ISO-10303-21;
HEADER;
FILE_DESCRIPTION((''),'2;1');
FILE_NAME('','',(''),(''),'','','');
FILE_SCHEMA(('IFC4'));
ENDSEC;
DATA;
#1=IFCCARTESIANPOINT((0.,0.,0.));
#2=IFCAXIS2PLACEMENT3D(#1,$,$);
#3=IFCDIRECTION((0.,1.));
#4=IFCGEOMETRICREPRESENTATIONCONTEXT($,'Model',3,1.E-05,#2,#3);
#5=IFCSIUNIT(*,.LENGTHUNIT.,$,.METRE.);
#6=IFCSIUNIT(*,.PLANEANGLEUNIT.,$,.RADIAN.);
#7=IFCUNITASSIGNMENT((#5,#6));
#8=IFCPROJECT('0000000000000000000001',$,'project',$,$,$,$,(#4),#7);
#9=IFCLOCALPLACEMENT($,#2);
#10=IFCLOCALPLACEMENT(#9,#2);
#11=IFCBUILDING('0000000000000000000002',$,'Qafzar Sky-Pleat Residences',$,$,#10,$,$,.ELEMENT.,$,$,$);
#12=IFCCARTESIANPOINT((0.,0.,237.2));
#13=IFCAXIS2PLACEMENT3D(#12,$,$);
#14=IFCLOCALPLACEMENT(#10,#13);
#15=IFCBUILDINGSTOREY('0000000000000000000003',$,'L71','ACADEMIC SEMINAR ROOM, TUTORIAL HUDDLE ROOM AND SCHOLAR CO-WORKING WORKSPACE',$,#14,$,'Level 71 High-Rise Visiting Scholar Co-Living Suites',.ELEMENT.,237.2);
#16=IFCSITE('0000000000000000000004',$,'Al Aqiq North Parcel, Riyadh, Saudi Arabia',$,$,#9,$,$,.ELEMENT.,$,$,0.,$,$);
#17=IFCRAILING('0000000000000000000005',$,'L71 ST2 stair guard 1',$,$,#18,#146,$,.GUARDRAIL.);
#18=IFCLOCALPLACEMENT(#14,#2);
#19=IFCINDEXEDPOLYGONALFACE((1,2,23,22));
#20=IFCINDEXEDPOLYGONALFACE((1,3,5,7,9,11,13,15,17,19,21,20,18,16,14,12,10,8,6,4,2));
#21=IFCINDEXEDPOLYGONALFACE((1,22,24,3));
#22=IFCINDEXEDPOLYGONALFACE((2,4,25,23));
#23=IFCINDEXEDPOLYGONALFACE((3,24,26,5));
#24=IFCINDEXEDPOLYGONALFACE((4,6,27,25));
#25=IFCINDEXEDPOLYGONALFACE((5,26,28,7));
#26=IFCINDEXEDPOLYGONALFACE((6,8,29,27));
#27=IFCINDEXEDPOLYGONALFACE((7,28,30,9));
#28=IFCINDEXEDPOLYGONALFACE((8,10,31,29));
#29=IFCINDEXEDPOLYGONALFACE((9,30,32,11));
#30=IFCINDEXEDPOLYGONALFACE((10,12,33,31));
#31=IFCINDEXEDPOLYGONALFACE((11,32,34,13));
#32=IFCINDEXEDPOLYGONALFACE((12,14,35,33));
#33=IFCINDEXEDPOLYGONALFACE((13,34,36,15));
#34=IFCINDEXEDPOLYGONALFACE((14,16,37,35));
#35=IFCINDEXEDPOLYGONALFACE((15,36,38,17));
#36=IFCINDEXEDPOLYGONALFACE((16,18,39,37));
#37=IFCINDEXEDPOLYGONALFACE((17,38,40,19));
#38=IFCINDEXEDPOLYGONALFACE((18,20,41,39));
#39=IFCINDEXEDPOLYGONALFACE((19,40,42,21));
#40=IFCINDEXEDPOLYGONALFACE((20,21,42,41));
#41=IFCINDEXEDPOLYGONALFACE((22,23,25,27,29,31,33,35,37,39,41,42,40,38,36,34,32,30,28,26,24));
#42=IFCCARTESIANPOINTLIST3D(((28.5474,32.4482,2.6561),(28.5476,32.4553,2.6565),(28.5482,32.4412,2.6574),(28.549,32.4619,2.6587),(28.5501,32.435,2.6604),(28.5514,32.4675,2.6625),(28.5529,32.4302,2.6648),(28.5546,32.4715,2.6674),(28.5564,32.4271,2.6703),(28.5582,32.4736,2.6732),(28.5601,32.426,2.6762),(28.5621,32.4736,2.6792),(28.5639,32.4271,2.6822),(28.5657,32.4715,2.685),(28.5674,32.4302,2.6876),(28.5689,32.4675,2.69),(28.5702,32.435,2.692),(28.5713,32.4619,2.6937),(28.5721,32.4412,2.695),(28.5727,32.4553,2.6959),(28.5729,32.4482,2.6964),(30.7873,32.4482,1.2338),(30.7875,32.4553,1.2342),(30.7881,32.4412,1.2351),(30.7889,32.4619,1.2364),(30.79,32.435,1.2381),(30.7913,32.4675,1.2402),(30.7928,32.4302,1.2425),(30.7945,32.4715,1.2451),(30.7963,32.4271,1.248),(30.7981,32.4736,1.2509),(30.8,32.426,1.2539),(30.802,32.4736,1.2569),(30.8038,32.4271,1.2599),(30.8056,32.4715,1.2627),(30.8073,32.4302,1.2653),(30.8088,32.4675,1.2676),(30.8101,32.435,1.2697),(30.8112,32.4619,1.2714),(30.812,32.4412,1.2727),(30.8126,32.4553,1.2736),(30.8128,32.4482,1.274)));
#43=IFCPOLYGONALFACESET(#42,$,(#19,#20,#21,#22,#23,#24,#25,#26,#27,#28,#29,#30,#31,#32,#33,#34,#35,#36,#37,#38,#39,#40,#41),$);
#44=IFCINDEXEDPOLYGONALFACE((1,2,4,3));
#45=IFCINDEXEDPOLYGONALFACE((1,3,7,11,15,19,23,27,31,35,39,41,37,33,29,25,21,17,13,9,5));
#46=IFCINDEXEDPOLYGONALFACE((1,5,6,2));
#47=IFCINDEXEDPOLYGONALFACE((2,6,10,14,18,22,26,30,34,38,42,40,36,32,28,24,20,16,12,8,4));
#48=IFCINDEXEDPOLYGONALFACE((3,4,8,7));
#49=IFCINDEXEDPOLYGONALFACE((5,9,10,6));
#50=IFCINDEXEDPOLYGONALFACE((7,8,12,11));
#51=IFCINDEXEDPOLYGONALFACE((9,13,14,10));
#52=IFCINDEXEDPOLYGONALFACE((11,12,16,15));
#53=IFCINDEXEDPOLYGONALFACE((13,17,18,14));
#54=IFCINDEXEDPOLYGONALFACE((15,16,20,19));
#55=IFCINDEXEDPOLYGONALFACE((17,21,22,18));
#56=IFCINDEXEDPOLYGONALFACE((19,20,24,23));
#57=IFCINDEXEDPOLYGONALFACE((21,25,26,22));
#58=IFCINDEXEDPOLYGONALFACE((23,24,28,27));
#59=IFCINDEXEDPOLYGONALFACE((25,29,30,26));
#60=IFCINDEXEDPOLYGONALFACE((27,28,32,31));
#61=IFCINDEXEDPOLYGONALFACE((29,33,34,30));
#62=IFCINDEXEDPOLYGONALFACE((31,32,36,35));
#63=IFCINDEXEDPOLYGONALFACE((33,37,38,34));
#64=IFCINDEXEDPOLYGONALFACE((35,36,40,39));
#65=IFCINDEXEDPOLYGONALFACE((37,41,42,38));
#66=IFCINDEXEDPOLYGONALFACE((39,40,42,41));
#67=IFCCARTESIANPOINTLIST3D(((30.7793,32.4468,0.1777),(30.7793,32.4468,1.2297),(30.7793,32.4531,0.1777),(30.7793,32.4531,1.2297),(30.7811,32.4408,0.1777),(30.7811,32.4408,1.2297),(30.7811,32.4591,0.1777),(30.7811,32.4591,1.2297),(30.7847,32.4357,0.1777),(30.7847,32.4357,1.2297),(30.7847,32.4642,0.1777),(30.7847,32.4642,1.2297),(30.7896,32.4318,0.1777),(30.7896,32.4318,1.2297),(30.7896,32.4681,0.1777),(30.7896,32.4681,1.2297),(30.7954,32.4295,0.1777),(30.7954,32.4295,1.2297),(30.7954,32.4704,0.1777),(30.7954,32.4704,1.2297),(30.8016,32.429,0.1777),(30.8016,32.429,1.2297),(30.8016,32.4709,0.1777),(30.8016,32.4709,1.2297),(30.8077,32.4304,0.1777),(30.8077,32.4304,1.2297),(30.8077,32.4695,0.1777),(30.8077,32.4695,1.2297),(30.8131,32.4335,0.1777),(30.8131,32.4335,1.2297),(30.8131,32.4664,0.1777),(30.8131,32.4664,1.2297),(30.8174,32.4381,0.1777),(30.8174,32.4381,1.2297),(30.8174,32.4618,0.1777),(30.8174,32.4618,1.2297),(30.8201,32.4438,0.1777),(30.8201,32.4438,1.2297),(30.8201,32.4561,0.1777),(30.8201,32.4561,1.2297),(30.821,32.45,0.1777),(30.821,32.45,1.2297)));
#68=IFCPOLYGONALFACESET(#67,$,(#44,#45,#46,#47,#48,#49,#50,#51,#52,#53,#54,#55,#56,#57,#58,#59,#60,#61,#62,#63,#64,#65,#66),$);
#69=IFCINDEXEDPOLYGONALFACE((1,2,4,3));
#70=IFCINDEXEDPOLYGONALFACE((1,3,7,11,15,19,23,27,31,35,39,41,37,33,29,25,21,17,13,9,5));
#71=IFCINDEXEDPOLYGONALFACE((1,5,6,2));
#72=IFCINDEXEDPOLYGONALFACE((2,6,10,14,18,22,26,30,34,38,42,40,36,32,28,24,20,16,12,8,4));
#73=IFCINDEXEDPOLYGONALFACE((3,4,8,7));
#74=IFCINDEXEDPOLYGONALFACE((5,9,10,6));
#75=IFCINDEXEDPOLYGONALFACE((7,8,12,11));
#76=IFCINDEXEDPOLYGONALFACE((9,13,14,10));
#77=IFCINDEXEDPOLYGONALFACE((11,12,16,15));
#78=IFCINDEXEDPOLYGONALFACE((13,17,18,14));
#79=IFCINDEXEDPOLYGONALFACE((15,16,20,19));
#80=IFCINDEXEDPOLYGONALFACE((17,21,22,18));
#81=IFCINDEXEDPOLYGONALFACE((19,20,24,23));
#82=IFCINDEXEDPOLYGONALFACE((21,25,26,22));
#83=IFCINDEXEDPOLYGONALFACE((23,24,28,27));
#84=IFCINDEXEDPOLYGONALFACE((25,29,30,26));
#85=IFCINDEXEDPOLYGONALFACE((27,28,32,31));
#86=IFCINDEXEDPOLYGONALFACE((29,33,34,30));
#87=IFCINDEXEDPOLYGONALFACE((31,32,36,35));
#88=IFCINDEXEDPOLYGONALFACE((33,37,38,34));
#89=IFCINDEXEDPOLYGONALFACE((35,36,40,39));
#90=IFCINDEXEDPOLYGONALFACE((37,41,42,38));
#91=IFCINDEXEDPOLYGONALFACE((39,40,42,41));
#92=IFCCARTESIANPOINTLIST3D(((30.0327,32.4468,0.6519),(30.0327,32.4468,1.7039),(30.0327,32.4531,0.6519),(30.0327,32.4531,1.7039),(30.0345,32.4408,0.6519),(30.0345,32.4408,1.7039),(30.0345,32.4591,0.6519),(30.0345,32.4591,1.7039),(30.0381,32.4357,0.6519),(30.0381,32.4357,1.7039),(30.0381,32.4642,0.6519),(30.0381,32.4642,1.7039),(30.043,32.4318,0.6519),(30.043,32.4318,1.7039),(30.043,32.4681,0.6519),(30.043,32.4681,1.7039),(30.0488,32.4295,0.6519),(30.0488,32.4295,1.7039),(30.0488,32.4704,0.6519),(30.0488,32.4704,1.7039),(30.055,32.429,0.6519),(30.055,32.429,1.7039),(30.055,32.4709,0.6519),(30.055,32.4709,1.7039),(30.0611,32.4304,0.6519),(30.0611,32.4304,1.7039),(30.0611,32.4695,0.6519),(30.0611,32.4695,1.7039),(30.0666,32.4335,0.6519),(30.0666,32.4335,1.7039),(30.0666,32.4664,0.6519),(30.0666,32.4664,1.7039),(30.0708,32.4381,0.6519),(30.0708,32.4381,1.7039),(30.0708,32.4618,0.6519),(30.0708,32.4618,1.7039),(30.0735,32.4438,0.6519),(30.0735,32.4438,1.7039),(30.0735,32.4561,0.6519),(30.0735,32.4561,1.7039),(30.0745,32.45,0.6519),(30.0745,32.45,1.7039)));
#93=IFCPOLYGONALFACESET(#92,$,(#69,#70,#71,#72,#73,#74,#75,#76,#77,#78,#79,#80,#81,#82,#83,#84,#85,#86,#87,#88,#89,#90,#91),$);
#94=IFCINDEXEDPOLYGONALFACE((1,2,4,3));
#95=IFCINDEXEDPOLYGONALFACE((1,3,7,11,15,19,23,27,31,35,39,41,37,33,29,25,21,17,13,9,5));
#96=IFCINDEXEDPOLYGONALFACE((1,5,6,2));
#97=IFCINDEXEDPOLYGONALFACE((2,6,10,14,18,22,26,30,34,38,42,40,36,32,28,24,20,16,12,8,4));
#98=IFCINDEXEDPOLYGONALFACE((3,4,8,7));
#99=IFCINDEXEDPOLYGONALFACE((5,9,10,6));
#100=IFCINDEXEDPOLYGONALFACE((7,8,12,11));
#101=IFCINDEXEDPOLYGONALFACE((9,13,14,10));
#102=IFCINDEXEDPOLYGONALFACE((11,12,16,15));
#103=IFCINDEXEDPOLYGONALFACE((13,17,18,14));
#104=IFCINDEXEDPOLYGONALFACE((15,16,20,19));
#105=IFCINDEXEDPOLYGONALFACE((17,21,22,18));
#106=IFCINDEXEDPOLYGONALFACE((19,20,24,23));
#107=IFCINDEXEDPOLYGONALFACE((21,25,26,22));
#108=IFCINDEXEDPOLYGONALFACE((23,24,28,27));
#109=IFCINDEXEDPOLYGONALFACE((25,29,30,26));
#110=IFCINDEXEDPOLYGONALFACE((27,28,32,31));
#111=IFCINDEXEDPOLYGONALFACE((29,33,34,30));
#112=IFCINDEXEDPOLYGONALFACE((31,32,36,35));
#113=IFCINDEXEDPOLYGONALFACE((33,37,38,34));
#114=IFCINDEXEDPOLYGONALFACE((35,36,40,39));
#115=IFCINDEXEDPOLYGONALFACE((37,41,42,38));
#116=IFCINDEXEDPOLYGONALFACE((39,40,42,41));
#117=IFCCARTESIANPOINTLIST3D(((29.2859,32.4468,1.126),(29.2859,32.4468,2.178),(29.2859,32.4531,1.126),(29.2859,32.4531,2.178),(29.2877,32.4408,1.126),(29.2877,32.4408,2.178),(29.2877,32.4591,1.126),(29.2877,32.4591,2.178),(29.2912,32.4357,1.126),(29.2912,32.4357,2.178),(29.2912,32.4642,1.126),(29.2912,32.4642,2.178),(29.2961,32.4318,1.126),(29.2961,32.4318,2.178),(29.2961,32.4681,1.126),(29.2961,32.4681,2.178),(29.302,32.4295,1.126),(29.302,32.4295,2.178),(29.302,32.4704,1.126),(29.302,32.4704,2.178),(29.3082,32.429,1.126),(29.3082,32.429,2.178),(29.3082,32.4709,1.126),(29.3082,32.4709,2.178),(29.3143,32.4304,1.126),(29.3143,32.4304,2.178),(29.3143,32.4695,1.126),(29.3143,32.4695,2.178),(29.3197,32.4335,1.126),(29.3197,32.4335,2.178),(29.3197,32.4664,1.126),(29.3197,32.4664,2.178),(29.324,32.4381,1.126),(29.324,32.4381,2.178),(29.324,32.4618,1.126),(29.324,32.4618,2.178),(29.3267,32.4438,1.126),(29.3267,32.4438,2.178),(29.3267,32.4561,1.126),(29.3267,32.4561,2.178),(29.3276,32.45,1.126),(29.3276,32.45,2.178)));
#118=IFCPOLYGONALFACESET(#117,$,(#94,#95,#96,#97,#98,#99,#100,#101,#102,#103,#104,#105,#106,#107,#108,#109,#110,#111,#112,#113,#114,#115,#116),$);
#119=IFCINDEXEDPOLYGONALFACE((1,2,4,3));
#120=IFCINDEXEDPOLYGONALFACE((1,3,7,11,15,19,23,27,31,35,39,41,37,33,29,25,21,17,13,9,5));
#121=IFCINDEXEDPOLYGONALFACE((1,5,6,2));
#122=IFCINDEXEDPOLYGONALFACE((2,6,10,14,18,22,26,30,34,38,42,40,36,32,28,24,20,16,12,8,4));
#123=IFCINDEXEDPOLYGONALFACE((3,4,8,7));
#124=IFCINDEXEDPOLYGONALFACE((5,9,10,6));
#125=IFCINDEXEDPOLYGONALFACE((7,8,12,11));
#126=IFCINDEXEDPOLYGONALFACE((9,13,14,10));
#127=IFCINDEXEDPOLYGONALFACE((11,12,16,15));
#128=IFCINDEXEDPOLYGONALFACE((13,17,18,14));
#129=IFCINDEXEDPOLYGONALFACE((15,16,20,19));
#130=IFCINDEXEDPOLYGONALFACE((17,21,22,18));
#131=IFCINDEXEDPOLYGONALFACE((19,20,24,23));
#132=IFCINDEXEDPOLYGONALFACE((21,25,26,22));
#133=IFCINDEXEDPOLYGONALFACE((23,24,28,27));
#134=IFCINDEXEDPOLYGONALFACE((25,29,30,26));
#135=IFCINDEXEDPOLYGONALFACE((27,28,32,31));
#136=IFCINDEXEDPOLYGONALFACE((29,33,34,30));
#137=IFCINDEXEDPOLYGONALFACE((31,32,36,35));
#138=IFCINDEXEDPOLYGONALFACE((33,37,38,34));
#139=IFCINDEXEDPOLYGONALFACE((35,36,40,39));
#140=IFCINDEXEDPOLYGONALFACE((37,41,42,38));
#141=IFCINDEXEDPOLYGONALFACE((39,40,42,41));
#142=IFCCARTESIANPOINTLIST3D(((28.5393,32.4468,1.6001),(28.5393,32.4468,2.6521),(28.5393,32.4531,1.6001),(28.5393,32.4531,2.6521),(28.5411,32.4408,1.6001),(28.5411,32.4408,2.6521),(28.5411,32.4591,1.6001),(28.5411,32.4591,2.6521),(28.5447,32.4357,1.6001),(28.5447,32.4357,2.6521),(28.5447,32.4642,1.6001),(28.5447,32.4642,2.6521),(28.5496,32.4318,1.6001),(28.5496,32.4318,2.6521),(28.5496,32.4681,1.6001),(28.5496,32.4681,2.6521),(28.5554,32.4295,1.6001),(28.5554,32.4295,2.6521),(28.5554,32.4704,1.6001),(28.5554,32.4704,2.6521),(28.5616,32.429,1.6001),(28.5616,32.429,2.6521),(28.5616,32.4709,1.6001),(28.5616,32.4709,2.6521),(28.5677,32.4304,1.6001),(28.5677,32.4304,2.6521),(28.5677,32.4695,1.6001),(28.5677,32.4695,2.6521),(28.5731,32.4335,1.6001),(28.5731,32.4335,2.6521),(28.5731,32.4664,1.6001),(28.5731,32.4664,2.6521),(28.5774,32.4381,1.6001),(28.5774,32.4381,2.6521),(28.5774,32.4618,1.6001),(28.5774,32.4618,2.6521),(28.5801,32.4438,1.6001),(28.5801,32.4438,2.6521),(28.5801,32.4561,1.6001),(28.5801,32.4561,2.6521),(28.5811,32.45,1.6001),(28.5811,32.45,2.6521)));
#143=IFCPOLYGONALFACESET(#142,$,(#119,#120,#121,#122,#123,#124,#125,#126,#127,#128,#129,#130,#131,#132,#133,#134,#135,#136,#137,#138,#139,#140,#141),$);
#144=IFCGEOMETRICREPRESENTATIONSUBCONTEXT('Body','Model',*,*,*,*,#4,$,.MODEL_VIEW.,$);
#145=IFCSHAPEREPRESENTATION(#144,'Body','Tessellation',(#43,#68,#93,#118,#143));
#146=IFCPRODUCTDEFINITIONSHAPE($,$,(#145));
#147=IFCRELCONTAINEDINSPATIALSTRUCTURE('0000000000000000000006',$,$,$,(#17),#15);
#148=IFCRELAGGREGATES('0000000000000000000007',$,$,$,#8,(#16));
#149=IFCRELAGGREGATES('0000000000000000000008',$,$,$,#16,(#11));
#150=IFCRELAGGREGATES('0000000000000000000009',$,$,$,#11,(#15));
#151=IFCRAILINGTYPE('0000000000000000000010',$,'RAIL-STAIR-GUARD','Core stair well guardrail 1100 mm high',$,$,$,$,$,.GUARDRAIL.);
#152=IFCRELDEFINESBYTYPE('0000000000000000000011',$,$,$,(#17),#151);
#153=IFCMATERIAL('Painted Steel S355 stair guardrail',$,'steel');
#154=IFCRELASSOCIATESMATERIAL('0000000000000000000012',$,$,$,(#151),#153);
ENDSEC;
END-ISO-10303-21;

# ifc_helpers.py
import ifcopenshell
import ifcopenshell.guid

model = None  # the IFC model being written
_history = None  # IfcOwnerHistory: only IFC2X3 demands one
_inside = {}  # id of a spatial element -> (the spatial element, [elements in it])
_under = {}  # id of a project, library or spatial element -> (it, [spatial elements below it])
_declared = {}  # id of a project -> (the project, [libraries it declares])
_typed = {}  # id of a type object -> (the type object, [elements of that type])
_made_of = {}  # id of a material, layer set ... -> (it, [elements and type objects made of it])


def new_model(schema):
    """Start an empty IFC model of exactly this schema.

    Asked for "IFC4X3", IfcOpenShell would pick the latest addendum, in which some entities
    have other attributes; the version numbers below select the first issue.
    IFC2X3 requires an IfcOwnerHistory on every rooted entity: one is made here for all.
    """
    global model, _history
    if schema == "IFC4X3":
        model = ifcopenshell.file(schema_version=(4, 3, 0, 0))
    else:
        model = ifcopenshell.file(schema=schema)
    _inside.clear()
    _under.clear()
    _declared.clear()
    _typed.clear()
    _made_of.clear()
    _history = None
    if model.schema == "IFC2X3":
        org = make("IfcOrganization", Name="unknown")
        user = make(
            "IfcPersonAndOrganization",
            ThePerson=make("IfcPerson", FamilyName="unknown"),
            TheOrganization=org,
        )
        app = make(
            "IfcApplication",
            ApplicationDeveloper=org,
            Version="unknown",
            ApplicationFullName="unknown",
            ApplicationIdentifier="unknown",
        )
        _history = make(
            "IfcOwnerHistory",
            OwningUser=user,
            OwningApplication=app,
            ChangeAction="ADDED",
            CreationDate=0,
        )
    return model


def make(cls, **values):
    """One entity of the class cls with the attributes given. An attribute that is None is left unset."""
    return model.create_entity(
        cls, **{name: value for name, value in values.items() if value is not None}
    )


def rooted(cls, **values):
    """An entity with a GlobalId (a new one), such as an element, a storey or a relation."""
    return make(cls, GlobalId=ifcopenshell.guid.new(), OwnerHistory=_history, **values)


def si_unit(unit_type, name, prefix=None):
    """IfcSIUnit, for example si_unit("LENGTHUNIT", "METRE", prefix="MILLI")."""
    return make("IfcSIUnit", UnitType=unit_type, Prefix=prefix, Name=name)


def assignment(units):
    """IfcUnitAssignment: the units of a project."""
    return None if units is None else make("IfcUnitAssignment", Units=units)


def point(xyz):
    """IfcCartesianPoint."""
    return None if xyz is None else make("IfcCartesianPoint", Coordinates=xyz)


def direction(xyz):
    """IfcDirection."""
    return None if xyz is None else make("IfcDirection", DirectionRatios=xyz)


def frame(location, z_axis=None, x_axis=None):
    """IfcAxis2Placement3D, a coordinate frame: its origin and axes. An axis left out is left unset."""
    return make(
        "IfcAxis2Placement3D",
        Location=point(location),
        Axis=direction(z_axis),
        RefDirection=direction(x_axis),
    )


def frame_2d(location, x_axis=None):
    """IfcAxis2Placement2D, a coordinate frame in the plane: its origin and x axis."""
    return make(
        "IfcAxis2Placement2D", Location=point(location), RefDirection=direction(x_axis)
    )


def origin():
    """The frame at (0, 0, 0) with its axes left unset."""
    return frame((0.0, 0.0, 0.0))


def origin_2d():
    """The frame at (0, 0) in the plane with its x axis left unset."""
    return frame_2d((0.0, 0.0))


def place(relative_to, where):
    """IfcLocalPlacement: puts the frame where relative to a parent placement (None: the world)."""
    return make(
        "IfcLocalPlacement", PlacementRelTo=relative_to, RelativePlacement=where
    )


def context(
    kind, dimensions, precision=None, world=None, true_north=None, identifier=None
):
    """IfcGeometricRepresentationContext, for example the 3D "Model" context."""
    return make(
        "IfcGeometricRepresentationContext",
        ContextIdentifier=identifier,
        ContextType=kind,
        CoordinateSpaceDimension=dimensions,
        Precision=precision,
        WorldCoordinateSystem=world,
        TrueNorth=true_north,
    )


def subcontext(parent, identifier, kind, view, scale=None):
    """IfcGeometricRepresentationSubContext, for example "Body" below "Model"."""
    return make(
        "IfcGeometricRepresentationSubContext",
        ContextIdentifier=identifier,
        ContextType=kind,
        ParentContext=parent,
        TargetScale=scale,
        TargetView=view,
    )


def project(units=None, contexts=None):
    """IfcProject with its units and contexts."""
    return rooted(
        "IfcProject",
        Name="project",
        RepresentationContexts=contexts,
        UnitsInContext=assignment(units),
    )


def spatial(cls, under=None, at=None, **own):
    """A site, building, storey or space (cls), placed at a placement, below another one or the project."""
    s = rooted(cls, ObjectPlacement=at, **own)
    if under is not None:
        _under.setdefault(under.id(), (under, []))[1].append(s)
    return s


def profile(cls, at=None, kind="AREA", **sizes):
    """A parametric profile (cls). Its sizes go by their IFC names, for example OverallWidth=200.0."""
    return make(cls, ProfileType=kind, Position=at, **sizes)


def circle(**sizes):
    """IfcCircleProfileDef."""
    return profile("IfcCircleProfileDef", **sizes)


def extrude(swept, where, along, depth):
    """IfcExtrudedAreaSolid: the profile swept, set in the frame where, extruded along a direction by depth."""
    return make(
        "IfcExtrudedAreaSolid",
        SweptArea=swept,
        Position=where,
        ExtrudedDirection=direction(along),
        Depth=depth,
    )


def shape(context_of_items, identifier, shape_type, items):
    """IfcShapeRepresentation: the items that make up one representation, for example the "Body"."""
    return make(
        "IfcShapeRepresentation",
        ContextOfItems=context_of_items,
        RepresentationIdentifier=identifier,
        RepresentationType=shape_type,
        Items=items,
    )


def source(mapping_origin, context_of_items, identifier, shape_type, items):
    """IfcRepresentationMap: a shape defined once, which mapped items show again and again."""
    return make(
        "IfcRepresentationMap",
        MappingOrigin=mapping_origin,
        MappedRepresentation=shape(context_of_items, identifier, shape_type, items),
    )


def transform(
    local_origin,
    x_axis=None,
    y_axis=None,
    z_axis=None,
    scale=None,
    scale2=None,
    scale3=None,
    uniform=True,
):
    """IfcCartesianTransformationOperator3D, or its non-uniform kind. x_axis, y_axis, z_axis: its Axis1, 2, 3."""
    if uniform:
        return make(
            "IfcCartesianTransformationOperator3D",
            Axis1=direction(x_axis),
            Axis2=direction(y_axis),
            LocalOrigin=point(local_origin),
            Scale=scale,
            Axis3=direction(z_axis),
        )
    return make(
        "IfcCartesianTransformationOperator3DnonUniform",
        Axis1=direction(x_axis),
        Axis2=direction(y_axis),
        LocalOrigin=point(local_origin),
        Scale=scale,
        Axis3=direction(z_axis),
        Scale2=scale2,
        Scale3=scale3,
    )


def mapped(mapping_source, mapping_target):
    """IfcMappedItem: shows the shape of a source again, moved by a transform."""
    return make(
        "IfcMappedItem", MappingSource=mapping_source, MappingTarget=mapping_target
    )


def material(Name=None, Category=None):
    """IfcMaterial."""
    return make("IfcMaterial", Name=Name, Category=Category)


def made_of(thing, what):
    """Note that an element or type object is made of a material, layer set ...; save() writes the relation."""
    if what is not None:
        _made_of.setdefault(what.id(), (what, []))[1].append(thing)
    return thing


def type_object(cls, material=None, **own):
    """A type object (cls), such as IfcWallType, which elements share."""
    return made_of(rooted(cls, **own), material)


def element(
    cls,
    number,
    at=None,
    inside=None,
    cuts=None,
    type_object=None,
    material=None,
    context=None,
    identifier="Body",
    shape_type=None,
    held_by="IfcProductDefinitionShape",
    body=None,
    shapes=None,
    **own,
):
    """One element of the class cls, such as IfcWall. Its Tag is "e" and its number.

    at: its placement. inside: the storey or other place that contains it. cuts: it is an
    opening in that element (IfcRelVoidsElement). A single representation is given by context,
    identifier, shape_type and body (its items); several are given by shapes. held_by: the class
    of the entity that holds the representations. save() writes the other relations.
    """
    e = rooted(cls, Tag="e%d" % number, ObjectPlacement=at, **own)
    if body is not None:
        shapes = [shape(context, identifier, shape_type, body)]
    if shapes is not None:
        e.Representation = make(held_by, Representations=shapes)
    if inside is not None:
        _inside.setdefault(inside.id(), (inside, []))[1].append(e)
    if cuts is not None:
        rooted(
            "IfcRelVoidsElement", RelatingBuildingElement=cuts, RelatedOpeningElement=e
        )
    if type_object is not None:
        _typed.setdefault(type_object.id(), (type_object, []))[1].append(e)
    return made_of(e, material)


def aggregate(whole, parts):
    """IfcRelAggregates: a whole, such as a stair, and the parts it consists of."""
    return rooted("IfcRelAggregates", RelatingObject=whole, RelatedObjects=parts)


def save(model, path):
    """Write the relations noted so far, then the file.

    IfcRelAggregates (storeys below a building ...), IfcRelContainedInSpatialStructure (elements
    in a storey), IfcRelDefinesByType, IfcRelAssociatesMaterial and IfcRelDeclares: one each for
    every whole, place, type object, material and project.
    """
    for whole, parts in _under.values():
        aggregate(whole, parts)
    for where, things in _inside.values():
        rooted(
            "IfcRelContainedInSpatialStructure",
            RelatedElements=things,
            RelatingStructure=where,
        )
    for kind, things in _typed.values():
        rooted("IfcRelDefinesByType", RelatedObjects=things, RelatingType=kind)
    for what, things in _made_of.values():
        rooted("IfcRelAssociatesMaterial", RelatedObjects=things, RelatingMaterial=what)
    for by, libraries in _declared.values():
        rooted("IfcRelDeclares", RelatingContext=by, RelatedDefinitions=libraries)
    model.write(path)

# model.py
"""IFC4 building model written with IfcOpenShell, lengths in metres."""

from ifc_helpers import new_model, si_unit, direction, frame, origin, origin_2d, place, context, subcontext, project, spatial, circle, extrude, source, transform, mapped, material, type_object, element, save


model = new_model("IFC4")

# Units and contexts
model_context = context("Model", 3, precision=1e-05, world=origin(), true_north=direction((0.0, 1.0)))
body_context = subcontext(model_context, "Body", "Model", "MODEL_VIEW")
ifc_project = project(units=[si_unit("LENGTHUNIT", "METRE"), si_unit("PLANEANGLEUNIT", "RADIAN")], contexts=[model_context])

# Site, building, storey
site_placement = place(None, origin())
site = spatial("IfcSite", under=ifc_project, at=site_placement, Name="Al Aqiq North Parcel, Riyadh, Saudi Arabia", CompositionType="ELEMENT", RefElevation=0.0)
building_placement = place(site_placement, origin())
building = spatial("IfcBuilding", under=site, at=building_placement, Name="Qafzar Sky-Pleat Residences", CompositionType="ELEMENT")
storey_placement = place(building_placement, frame((0.0, 0.0, 237.2)))
storey = spatial("IfcBuildingStorey", under=building, at=storey_placement, Name="L71", Description="ACADEMIC SEMINAR ROOM, TUTORIAL HUDDLE ROOM AND SCHOLAR CO-WORKING WORKSPACE", LongName="Level 71 High-Rise Visiting Scholar Co-Living Suites", CompositionType="ELEMENT", Elevation=237.2)

# Railing
ifc_material_1 = material(Name="Painted Steel S355 stair guardrail", Category="steel")
railing_type_1 = type_object("IfcRailingType", Name="RAIL-STAIR-GUARD", Description="Core stair well guardrail 1100 mm high", PredefinedType="GUARDRAIL", material=ifc_material_1)
shared_shape_1 = source(origin(), body_context, "Body", "SweptSolid", [
    extrude(circle(Radius=0.0239, at=origin_2d()), frame((0.0, 0.0, 1.0762), z_axis=(-0.844188, 0.0, 0.536048), x_axis=(0.0, -1.0, 0.0)), (0.0, 0.0, 1.0), 2.6533),
    extrude(circle(Radius=0.021, at=origin_2d()), origin(), (0.0, 0.0, 1.0), 1.052),
    extrude(circle(Radius=0.021, at=origin_2d()), frame((-0.7466, 0.0, 0.4741)), (0.0, 0.0, 1.0), 1.052),
    extrude(circle(Radius=0.021, at=origin_2d()), frame((-1.4934, 0.0, 0.9482)), (0.0, 0.0, 1.0), 1.052),
    extrude(circle(Radius=0.021, at=origin_2d()), frame((-2.24, 0.0, 1.4224)), (0.0, 0.0, 1.0), 1.052),
])
railing_1_placement = place(storey_placement, frame((30.8, 32.45, 0.1777)))
element("IfcRailing", 1, at=railing_1_placement, inside=storey, type_object=railing_type_1, Name="L71 ST2 stair guard 1", PredefinedType="GUARDRAIL", context=body_context, shape_type="MappedRepresentation", body=[
    mapped(shared_shape_1, transform((0.0, 0.0, 0.0), x_axis=(1.0, 0.0, 0.0), y_axis=(0.0, 1.0, 0.0), z_axis=(0.0, 0.0, 1.0), scale=1.0)),
])

save(model, "model.ifc")
